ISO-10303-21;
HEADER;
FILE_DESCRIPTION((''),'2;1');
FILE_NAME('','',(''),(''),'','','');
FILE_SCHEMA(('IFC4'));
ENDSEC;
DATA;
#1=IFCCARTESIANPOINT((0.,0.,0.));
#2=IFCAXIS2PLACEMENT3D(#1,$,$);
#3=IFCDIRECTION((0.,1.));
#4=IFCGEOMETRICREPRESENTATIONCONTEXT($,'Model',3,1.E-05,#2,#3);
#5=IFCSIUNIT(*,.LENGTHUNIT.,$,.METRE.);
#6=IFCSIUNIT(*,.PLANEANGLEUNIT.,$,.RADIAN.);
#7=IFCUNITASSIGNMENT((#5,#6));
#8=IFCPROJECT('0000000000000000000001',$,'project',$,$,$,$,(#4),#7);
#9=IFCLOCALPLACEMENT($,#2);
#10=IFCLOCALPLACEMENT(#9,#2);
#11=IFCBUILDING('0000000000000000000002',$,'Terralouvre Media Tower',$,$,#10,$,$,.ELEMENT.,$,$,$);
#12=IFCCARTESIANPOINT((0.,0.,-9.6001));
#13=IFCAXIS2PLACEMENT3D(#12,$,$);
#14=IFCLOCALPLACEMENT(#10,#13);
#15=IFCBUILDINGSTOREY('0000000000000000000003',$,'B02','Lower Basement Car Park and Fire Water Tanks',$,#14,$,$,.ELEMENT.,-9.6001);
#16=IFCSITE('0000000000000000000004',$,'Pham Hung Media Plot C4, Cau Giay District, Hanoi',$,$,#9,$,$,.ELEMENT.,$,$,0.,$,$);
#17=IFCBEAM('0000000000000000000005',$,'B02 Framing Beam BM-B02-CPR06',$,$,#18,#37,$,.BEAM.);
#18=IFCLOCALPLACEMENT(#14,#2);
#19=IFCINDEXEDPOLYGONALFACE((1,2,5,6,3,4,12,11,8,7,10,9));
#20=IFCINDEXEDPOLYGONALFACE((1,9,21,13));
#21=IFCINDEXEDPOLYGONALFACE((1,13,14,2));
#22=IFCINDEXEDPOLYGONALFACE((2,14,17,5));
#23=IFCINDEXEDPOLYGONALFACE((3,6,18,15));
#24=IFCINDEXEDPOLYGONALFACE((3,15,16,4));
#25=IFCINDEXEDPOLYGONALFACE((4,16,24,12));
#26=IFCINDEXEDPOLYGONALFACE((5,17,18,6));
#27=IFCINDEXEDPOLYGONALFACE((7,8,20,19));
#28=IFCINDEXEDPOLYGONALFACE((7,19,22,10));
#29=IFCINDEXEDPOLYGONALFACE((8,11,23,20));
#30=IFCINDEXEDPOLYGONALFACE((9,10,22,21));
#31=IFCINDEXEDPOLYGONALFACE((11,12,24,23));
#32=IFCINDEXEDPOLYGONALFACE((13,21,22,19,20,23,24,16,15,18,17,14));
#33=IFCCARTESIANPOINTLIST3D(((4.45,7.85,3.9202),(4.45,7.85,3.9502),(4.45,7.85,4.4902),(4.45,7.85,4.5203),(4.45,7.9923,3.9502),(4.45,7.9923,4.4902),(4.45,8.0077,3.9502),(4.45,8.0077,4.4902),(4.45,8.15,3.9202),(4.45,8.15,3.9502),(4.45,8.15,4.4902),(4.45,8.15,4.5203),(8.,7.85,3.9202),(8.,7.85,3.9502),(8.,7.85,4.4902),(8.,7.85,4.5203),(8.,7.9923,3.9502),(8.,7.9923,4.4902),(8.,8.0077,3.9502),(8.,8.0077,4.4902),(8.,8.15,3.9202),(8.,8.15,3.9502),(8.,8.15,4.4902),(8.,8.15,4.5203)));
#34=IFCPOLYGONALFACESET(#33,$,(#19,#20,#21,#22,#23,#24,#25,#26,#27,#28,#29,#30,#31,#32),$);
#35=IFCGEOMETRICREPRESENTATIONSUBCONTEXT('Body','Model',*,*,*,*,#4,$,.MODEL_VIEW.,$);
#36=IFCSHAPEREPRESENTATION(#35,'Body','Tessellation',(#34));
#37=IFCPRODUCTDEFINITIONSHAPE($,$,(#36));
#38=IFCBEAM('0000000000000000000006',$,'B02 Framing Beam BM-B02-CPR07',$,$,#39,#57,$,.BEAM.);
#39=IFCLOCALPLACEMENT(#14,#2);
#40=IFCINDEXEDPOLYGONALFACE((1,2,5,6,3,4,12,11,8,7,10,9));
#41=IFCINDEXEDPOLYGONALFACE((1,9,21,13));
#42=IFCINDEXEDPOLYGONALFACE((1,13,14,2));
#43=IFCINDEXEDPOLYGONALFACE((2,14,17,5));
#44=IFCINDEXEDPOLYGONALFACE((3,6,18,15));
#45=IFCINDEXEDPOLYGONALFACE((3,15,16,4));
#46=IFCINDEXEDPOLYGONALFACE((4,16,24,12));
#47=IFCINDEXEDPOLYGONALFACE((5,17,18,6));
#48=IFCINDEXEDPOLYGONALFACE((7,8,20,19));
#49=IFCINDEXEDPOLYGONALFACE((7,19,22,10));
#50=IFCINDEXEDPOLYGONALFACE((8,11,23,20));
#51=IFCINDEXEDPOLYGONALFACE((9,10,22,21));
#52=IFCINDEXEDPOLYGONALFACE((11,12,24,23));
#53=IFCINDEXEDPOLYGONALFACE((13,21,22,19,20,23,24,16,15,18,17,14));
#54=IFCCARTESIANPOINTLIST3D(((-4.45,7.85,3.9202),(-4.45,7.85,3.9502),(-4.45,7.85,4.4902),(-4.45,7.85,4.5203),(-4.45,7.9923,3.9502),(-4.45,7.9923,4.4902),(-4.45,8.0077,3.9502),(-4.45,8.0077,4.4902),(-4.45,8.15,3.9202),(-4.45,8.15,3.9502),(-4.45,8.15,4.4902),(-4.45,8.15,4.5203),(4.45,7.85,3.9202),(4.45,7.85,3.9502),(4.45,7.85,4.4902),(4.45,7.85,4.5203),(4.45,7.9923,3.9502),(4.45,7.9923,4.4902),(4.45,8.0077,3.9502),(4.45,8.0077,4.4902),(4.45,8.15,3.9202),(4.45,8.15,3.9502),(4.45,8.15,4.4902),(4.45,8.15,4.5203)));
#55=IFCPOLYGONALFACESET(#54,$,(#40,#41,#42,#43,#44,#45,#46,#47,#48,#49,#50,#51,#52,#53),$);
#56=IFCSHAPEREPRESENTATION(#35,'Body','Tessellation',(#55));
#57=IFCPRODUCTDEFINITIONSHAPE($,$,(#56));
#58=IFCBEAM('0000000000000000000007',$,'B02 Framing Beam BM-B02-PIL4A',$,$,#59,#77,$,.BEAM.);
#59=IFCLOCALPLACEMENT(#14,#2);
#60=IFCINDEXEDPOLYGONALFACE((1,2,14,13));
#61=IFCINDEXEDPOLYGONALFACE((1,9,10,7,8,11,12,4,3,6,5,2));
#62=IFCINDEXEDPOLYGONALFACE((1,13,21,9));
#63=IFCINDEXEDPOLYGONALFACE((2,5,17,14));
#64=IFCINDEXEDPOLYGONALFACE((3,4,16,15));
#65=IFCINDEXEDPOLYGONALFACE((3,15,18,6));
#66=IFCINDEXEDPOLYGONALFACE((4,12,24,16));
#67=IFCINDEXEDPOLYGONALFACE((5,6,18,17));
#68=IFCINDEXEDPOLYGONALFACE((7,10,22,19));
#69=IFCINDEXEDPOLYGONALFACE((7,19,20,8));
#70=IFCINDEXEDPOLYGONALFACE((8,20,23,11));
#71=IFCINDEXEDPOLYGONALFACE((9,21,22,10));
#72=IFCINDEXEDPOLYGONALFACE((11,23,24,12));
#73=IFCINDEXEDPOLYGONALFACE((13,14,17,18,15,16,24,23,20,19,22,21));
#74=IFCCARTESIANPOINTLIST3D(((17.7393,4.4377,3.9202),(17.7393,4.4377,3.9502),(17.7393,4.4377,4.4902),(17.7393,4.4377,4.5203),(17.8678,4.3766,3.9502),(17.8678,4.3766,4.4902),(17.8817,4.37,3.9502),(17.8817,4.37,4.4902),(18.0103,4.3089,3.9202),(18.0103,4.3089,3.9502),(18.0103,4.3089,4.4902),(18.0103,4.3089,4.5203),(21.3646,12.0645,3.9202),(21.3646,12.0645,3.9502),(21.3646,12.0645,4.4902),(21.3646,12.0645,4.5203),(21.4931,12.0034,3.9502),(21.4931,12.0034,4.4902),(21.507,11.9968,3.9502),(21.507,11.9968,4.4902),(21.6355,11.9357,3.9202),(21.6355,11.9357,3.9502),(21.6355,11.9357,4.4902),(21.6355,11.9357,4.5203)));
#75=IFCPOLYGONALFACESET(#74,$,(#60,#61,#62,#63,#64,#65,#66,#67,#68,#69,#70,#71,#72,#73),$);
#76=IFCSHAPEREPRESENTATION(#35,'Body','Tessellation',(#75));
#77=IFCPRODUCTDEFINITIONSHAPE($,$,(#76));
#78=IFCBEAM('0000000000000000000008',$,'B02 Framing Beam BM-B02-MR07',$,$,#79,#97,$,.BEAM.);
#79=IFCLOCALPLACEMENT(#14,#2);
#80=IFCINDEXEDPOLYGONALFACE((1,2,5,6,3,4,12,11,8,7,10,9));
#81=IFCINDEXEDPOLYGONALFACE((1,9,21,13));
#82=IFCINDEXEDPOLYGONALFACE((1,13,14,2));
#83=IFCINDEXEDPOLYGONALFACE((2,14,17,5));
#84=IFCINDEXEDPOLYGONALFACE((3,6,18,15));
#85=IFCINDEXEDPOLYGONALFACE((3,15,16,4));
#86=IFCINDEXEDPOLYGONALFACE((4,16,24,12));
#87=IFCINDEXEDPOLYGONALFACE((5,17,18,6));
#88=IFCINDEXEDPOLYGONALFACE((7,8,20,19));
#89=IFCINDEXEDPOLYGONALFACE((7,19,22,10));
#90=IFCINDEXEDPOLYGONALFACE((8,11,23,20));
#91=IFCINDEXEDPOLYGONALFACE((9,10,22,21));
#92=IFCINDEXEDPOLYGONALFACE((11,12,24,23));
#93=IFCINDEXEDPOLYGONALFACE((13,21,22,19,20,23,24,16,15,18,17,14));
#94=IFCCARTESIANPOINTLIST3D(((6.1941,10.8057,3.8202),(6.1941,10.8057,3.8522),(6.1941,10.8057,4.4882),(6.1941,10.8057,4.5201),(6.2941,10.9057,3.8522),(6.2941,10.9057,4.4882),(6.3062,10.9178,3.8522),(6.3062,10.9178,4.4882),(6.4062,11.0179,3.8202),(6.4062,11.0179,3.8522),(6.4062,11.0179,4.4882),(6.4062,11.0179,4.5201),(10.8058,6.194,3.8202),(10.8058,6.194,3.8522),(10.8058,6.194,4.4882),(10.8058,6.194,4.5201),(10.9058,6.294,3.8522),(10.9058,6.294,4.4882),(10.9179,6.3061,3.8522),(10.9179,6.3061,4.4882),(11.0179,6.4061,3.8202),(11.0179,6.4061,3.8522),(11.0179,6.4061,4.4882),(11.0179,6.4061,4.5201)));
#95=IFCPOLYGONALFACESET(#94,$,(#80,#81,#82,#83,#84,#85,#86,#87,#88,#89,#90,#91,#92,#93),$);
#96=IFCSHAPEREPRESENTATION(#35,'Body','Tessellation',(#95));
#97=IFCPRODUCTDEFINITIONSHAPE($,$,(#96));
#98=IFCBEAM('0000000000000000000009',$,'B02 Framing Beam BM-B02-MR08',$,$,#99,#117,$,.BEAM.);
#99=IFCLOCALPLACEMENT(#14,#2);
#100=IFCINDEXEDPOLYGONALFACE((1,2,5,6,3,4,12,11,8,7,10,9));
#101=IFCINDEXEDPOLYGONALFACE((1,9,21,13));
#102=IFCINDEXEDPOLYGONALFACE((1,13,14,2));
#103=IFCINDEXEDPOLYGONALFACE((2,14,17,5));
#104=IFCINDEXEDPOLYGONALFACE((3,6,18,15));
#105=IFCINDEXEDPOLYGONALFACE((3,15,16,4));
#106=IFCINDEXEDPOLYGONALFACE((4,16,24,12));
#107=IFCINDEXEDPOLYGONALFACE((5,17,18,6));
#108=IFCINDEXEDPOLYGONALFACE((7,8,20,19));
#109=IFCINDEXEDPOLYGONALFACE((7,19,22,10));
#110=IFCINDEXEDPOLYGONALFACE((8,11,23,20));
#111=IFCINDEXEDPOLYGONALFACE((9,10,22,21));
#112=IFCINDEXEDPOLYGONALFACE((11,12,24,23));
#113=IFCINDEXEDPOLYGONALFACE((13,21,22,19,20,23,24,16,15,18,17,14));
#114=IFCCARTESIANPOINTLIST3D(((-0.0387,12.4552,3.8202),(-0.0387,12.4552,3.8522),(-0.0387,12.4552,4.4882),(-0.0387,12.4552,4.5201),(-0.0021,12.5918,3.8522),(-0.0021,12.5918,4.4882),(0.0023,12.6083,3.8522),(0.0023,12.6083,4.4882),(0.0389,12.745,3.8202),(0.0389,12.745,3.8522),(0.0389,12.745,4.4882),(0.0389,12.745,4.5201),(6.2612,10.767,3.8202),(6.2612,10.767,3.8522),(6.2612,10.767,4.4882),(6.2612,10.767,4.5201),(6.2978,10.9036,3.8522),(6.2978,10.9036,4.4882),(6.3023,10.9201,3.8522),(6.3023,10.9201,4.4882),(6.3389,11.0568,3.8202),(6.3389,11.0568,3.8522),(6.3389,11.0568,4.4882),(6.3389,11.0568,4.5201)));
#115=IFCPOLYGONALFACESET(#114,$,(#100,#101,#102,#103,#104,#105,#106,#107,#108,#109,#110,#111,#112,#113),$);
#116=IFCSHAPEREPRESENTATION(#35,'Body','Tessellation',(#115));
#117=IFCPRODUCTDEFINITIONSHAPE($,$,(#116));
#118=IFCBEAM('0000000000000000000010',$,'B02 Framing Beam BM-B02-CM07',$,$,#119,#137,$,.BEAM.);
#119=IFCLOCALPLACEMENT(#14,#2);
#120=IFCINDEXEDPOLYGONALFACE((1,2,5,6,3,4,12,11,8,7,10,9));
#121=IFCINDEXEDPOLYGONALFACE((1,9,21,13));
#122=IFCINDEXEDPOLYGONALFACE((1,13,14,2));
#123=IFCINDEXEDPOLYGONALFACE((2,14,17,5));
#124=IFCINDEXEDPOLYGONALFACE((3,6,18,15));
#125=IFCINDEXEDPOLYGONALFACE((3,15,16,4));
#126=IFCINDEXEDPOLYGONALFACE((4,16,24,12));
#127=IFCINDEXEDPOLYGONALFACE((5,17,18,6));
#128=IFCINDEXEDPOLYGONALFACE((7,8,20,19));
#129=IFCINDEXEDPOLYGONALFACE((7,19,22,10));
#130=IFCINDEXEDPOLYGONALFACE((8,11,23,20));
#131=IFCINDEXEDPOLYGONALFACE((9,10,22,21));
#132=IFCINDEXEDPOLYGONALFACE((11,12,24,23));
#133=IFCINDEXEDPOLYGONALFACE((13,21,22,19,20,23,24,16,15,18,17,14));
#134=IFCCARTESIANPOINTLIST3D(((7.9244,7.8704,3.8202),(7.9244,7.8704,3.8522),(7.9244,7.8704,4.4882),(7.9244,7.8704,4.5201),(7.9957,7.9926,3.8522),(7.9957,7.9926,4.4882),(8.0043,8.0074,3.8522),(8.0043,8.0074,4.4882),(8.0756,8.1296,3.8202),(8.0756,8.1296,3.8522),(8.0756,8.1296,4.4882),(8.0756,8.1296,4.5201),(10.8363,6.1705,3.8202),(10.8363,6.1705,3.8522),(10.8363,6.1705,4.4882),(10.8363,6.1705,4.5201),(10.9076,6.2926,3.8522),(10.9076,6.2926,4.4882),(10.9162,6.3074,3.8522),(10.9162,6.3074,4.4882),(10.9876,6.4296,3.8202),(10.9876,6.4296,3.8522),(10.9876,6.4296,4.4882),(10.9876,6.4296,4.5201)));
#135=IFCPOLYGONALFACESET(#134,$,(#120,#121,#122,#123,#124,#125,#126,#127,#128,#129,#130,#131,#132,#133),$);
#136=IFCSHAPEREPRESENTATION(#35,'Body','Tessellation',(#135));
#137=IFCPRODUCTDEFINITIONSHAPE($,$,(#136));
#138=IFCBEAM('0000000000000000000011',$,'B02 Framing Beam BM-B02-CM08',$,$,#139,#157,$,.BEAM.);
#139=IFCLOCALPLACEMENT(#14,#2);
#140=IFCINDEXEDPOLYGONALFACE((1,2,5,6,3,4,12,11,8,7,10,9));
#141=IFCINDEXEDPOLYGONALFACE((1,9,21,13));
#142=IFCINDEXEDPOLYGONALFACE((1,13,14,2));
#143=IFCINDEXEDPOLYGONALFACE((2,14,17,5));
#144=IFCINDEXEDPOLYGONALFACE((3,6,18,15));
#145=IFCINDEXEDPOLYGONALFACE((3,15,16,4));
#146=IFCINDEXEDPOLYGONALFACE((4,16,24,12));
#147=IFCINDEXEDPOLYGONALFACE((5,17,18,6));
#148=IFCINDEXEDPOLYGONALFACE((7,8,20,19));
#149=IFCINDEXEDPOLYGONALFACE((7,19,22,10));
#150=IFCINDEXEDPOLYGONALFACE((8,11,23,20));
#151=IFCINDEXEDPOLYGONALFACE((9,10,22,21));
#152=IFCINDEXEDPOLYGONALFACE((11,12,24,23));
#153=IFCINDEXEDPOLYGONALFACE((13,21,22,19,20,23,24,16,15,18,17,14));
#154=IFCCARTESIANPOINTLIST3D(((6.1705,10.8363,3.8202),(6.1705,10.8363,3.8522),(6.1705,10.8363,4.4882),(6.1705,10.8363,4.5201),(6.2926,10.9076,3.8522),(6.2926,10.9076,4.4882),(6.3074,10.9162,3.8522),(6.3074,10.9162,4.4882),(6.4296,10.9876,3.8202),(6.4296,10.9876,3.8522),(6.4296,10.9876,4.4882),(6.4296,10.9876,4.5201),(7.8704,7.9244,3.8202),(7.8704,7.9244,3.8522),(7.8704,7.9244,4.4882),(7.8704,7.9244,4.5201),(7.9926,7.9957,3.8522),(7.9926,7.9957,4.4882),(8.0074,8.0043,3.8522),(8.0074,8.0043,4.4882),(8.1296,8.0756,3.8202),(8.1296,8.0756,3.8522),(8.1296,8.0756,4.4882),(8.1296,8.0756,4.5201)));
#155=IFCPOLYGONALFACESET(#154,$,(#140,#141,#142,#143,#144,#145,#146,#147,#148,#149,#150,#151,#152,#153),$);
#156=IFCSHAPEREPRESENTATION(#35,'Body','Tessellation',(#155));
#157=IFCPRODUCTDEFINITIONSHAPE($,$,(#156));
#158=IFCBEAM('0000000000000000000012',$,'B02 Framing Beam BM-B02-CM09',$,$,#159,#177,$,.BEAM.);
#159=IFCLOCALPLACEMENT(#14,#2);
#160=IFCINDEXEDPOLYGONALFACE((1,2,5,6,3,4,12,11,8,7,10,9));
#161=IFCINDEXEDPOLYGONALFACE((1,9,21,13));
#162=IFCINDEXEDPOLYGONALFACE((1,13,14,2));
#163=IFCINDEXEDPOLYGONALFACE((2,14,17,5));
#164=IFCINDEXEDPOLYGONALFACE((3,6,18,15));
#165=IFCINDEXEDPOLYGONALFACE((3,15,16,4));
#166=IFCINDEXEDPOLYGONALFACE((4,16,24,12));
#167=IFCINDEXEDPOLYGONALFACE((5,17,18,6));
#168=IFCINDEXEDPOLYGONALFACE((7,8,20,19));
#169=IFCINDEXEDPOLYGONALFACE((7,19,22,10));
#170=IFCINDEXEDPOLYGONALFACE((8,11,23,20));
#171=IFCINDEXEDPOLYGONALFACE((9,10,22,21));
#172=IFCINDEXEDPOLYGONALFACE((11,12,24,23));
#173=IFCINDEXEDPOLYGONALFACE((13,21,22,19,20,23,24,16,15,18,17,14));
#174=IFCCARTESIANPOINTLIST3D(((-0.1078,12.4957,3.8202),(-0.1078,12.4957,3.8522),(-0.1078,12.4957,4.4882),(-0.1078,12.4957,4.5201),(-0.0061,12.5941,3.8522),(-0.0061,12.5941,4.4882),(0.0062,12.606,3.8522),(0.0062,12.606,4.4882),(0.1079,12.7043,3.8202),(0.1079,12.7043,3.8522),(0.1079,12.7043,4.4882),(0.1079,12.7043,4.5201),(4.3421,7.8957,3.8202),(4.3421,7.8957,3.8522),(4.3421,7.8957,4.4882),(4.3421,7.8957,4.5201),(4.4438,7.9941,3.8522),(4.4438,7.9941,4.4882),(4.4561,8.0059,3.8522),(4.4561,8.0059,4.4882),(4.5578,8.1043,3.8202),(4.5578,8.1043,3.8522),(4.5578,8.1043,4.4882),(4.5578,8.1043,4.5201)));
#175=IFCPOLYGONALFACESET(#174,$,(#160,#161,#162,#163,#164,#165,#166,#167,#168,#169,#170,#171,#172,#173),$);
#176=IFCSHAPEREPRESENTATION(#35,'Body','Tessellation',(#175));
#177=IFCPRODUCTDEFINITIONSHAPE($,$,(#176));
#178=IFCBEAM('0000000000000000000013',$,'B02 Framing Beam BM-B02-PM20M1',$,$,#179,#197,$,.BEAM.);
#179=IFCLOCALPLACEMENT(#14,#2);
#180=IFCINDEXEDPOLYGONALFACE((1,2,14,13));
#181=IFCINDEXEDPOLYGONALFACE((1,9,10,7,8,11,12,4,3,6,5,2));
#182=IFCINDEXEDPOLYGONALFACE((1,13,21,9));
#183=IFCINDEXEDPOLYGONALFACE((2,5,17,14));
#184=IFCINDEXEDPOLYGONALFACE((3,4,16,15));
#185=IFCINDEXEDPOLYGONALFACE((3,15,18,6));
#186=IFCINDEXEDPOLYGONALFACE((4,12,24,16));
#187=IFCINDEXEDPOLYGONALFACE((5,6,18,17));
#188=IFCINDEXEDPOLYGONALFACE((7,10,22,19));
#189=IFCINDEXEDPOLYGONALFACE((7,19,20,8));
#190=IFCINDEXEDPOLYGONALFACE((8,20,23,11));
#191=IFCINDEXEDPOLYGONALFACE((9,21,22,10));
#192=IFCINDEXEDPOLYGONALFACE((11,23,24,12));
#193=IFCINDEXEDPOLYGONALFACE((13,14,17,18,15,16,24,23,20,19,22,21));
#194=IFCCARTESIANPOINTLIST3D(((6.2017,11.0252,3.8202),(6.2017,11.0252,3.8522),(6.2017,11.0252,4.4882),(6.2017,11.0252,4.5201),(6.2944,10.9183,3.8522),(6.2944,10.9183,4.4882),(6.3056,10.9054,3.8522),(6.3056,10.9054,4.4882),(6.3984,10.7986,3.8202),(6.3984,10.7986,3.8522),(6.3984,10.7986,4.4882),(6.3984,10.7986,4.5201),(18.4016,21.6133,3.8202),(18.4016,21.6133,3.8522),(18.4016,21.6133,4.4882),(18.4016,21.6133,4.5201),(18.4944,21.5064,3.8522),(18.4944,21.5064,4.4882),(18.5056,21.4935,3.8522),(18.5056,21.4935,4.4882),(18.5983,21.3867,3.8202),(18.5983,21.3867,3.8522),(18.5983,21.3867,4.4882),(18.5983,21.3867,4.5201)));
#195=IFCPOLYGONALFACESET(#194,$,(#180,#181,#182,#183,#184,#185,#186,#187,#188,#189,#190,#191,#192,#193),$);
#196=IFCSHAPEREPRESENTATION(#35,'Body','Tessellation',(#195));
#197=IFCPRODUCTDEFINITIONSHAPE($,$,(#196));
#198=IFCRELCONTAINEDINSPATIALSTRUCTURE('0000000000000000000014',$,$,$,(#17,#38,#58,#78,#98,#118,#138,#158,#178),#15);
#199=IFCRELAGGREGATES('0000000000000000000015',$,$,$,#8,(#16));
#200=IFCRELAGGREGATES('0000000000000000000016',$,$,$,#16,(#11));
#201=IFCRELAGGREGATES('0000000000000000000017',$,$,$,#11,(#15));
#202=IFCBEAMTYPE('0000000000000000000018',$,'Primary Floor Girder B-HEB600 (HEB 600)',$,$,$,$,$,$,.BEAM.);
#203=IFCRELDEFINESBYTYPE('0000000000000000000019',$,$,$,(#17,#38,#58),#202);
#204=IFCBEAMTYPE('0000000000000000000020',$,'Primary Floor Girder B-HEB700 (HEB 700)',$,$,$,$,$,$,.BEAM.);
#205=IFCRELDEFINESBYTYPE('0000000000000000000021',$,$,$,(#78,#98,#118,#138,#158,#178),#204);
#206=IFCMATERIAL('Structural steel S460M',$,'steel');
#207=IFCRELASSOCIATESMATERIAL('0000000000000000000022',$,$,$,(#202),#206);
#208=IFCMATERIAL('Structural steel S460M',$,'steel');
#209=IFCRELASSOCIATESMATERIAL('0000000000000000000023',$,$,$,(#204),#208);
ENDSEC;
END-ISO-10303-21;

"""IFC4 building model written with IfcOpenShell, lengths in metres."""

from ifc_helpers import new_model, si_unit, direction, frame, origin, origin_2d, place, context, subcontext, project, spatial, i_section, extrude, material, material_profile, profile_set, type_object, element, save


model = new_model("IFC4")

# Units and contexts
model_context = context("Model", 3, precision=1e-05, world=origin(), true_north=direction((0.0, 1.0)))
body_context = subcontext(model_context, "Body", "Model", "MODEL_VIEW")
ifc_project = project(units=[si_unit("LENGTHUNIT", "METRE"), si_unit("PLANEANGLEUNIT", "RADIAN")], contexts=[model_context])

# Site, building, storey
site_placement = place(None, origin())
site = spatial("IfcSite", under=ifc_project, at=site_placement, Name="Pham Hung Media Plot C4, Cau Giay District, Hanoi", CompositionType="ELEMENT", RefElevation=0.0)
building_placement = place(site_placement, origin())
building = spatial("IfcBuilding", under=site, at=building_placement, Name="Terralouvre Media Tower", CompositionType="ELEMENT")
storey_placement = place(building_placement, frame((0.0, 0.0, -9.6001)))
storey = spatial("IfcBuildingStorey", under=building, at=storey_placement, Name="B02", Description="Lower Basement Car Park and Fire Water Tanks", CompositionType="ELEMENT", Elevation=-9.6001)

# Beams
ifc_material_1 = material(Name="Structural steel S460M", Category="steel")
ifc_material_profile_1 = material_profile(ifc_material_1, i_section(OverallWidth=0.3, OverallDepth=0.6001, WebThickness=0.0154, FlangeThickness=0.03, at=origin_2d()), Name="HEB 600")
ifc_profile_set_1 = profile_set([ifc_material_profile_1], Name="Structural steel S460M")
beam_type_1 = type_object("IfcBeamType", Name="Primary Floor Girder B-HEB600 (HEB 600)", PredefinedType="BEAM", material=ifc_profile_set_1)
beam_1_placement = place(storey_placement, frame((8.0, 8.0, 4.2202), z_axis=(-1.0, 0.0, 0.0), x_axis=(0.0, -1.0, 0.0)))
element("IfcBeam", 1, at=beam_1_placement, inside=storey, type_object=beam_type_1, Name="B02 Framing Beam BM-B02-CPR06", PredefinedType="BEAM", context=body_context, shape_type="SweptSolid", body=[
    extrude(i_section(OverallWidth=0.3, OverallDepth=0.6001, WebThickness=0.0154, FlangeThickness=0.03, at=origin_2d()), origin(), (0.0, 0.0, 1.0), 3.55),
])
beam_2_placement = place(storey_placement, frame((4.45, 8.0, 4.2202), z_axis=(-1.0, 0.0, 0.0), x_axis=(0.0, -1.0, 0.0)))
element("IfcBeam", 2, at=beam_2_placement, inside=storey, type_object=beam_type_1, Name="B02 Framing Beam BM-B02-CPR07", PredefinedType="BEAM", context=body_context, shape_type="SweptSolid", body=[
    extrude(i_section(OverallWidth=0.3, OverallDepth=0.6001, WebThickness=0.0154, FlangeThickness=0.03, at=origin_2d()), origin(), (0.0, 0.0, 1.0), 8.8999),
])
beam_3_placement = place(storey_placement, frame((17.8748, 4.3733, 4.2202), z_axis=(0.429304, 0.90316, 0.0), x_axis=(-0.90316, 0.429304, 0.0)))
element("IfcBeam", 3, at=beam_3_placement, inside=storey, type_object=beam_type_1, Name="B02 Framing Beam BM-B02-PIL4A", PredefinedType="BEAM", context=body_context, shape_type="SweptSolid", body=[
    extrude(i_section(OverallWidth=0.3, OverallDepth=0.6001, WebThickness=0.0154, FlangeThickness=0.03, at=origin_2d()), origin(), (0.0, 0.0, 1.0), 8.4446),
])
ifc_material_2 = material(Name="Structural steel S460M", Category="steel")
ifc_material_profile_2 = material_profile(ifc_material_2, i_section(OverallWidth=0.3, OverallDepth=0.7, WebThickness=0.0171, FlangeThickness=0.032, at=origin_2d()), Name="HEB 700")
ifc_profile_set_2 = profile_set([ifc_material_profile_2], Name="Structural steel S460M")
beam_type_2 = type_object("IfcBeamType", Name="Primary Floor Girder B-HEB700 (HEB 700)", PredefinedType="BEAM", material=ifc_profile_set_2)
beam_4_placement = place(storey_placement, frame((10.9119, 6.3, 4.1702), z_axis=(-0.707107, 0.707107, 0.0), x_axis=(-0.707107, -0.707107, 0.0)))
element("IfcBeam", 4, at=beam_4_placement, inside=storey, type_object=beam_type_2, Name="B02 Framing Beam BM-B02-MR07", PredefinedType="BEAM", context=body_context, shape_type="SweptSolid", body=[
    extrude(i_section(OverallWidth=0.3, OverallDepth=0.7, WebThickness=0.0171, FlangeThickness=0.032, at=origin_2d()), origin(), (0.0, 0.0, 1.0), 6.522),
])
beam_5_placement = place(storey_placement, frame((6.3, 10.9119, 4.1702), z_axis=(-0.96592, 0.258839, 0.0), x_axis=(-0.258839, -0.96592, 0.0)))
element("IfcBeam", 5, at=beam_5_placement, inside=storey, type_object=beam_type_2, Name="B02 Framing Beam BM-B02-MR08", PredefinedType="BEAM", context=body_context, shape_type="SweptSolid", body=[
    extrude(i_section(OverallWidth=0.3, OverallDepth=0.7, WebThickness=0.0171, FlangeThickness=0.032, at=origin_2d()), origin(), (0.0, 0.0, 1.0), 6.5222),
])
for number, where, z_axis, x_axis, name in (
    (6, (8.0, 8.0, 4.1702), (0.863603, -0.504173, 0.0), (0.504173, 0.863603, 0.0), "B02 Framing Beam BM-B02-CM07"),
    (7, (8.0, 8.0, 4.1702), (-0.504173, 0.863603, 0.0), (-0.863603, -0.504173, 0.0), "B02 Framing Beam BM-B02-CM08"),
):
    element("IfcBeam", number, at=place(storey_placement, frame(where, z_axis=z_axis, x_axis=x_axis)), inside=storey, type_object=beam_type_2, Name=name, PredefinedType="BEAM", context=body_context, shape_type="SweptSolid", body=[
        extrude(i_section(OverallWidth=0.3, OverallDepth=0.7, WebThickness=0.0171, FlangeThickness=0.032, at=origin_2d()), origin(), (0.0, 0.0, 1.0), 3.3718),
    ])
beam_6_placement = place(storey_placement, frame((4.45, 8.0, 4.1702), z_axis=(-0.69528, 0.718739, 0.0), x_axis=(-0.718739, -0.69528, 0.0)))
element("IfcBeam", 8, at=beam_6_placement, inside=storey, type_object=beam_type_2, Name="B02 Framing Beam BM-B02-CM09", PredefinedType="BEAM", context=body_context, shape_type="SweptSolid", body=[
    extrude(i_section(OverallWidth=0.3, OverallDepth=0.7, WebThickness=0.0171, FlangeThickness=0.032, at=origin_2d()), origin(), (0.0, 0.0, 1.0), 6.4001),
])
beam_7_placement = place(storey_placement, frame((6.3, 10.9119, 4.1702), z_axis=(0.755234, 0.655455, 0.0), x_axis=(-0.655455, 0.755234, 0.0)))
element("IfcBeam", 9, at=beam_7_placement, inside=storey, type_object=beam_type_2, Name="B02 Framing Beam BM-B02-PM20M1", PredefinedType="BEAM", context=body_context, shape_type="SweptSolid", body=[
    extrude(i_section(OverallWidth=0.3, OverallDepth=0.7, WebThickness=0.0171, FlangeThickness=0.032, at=origin_2d()), origin(), (0.0, 0.0, 1.0), 16.1538),
])

save(model, "model.ifc")
